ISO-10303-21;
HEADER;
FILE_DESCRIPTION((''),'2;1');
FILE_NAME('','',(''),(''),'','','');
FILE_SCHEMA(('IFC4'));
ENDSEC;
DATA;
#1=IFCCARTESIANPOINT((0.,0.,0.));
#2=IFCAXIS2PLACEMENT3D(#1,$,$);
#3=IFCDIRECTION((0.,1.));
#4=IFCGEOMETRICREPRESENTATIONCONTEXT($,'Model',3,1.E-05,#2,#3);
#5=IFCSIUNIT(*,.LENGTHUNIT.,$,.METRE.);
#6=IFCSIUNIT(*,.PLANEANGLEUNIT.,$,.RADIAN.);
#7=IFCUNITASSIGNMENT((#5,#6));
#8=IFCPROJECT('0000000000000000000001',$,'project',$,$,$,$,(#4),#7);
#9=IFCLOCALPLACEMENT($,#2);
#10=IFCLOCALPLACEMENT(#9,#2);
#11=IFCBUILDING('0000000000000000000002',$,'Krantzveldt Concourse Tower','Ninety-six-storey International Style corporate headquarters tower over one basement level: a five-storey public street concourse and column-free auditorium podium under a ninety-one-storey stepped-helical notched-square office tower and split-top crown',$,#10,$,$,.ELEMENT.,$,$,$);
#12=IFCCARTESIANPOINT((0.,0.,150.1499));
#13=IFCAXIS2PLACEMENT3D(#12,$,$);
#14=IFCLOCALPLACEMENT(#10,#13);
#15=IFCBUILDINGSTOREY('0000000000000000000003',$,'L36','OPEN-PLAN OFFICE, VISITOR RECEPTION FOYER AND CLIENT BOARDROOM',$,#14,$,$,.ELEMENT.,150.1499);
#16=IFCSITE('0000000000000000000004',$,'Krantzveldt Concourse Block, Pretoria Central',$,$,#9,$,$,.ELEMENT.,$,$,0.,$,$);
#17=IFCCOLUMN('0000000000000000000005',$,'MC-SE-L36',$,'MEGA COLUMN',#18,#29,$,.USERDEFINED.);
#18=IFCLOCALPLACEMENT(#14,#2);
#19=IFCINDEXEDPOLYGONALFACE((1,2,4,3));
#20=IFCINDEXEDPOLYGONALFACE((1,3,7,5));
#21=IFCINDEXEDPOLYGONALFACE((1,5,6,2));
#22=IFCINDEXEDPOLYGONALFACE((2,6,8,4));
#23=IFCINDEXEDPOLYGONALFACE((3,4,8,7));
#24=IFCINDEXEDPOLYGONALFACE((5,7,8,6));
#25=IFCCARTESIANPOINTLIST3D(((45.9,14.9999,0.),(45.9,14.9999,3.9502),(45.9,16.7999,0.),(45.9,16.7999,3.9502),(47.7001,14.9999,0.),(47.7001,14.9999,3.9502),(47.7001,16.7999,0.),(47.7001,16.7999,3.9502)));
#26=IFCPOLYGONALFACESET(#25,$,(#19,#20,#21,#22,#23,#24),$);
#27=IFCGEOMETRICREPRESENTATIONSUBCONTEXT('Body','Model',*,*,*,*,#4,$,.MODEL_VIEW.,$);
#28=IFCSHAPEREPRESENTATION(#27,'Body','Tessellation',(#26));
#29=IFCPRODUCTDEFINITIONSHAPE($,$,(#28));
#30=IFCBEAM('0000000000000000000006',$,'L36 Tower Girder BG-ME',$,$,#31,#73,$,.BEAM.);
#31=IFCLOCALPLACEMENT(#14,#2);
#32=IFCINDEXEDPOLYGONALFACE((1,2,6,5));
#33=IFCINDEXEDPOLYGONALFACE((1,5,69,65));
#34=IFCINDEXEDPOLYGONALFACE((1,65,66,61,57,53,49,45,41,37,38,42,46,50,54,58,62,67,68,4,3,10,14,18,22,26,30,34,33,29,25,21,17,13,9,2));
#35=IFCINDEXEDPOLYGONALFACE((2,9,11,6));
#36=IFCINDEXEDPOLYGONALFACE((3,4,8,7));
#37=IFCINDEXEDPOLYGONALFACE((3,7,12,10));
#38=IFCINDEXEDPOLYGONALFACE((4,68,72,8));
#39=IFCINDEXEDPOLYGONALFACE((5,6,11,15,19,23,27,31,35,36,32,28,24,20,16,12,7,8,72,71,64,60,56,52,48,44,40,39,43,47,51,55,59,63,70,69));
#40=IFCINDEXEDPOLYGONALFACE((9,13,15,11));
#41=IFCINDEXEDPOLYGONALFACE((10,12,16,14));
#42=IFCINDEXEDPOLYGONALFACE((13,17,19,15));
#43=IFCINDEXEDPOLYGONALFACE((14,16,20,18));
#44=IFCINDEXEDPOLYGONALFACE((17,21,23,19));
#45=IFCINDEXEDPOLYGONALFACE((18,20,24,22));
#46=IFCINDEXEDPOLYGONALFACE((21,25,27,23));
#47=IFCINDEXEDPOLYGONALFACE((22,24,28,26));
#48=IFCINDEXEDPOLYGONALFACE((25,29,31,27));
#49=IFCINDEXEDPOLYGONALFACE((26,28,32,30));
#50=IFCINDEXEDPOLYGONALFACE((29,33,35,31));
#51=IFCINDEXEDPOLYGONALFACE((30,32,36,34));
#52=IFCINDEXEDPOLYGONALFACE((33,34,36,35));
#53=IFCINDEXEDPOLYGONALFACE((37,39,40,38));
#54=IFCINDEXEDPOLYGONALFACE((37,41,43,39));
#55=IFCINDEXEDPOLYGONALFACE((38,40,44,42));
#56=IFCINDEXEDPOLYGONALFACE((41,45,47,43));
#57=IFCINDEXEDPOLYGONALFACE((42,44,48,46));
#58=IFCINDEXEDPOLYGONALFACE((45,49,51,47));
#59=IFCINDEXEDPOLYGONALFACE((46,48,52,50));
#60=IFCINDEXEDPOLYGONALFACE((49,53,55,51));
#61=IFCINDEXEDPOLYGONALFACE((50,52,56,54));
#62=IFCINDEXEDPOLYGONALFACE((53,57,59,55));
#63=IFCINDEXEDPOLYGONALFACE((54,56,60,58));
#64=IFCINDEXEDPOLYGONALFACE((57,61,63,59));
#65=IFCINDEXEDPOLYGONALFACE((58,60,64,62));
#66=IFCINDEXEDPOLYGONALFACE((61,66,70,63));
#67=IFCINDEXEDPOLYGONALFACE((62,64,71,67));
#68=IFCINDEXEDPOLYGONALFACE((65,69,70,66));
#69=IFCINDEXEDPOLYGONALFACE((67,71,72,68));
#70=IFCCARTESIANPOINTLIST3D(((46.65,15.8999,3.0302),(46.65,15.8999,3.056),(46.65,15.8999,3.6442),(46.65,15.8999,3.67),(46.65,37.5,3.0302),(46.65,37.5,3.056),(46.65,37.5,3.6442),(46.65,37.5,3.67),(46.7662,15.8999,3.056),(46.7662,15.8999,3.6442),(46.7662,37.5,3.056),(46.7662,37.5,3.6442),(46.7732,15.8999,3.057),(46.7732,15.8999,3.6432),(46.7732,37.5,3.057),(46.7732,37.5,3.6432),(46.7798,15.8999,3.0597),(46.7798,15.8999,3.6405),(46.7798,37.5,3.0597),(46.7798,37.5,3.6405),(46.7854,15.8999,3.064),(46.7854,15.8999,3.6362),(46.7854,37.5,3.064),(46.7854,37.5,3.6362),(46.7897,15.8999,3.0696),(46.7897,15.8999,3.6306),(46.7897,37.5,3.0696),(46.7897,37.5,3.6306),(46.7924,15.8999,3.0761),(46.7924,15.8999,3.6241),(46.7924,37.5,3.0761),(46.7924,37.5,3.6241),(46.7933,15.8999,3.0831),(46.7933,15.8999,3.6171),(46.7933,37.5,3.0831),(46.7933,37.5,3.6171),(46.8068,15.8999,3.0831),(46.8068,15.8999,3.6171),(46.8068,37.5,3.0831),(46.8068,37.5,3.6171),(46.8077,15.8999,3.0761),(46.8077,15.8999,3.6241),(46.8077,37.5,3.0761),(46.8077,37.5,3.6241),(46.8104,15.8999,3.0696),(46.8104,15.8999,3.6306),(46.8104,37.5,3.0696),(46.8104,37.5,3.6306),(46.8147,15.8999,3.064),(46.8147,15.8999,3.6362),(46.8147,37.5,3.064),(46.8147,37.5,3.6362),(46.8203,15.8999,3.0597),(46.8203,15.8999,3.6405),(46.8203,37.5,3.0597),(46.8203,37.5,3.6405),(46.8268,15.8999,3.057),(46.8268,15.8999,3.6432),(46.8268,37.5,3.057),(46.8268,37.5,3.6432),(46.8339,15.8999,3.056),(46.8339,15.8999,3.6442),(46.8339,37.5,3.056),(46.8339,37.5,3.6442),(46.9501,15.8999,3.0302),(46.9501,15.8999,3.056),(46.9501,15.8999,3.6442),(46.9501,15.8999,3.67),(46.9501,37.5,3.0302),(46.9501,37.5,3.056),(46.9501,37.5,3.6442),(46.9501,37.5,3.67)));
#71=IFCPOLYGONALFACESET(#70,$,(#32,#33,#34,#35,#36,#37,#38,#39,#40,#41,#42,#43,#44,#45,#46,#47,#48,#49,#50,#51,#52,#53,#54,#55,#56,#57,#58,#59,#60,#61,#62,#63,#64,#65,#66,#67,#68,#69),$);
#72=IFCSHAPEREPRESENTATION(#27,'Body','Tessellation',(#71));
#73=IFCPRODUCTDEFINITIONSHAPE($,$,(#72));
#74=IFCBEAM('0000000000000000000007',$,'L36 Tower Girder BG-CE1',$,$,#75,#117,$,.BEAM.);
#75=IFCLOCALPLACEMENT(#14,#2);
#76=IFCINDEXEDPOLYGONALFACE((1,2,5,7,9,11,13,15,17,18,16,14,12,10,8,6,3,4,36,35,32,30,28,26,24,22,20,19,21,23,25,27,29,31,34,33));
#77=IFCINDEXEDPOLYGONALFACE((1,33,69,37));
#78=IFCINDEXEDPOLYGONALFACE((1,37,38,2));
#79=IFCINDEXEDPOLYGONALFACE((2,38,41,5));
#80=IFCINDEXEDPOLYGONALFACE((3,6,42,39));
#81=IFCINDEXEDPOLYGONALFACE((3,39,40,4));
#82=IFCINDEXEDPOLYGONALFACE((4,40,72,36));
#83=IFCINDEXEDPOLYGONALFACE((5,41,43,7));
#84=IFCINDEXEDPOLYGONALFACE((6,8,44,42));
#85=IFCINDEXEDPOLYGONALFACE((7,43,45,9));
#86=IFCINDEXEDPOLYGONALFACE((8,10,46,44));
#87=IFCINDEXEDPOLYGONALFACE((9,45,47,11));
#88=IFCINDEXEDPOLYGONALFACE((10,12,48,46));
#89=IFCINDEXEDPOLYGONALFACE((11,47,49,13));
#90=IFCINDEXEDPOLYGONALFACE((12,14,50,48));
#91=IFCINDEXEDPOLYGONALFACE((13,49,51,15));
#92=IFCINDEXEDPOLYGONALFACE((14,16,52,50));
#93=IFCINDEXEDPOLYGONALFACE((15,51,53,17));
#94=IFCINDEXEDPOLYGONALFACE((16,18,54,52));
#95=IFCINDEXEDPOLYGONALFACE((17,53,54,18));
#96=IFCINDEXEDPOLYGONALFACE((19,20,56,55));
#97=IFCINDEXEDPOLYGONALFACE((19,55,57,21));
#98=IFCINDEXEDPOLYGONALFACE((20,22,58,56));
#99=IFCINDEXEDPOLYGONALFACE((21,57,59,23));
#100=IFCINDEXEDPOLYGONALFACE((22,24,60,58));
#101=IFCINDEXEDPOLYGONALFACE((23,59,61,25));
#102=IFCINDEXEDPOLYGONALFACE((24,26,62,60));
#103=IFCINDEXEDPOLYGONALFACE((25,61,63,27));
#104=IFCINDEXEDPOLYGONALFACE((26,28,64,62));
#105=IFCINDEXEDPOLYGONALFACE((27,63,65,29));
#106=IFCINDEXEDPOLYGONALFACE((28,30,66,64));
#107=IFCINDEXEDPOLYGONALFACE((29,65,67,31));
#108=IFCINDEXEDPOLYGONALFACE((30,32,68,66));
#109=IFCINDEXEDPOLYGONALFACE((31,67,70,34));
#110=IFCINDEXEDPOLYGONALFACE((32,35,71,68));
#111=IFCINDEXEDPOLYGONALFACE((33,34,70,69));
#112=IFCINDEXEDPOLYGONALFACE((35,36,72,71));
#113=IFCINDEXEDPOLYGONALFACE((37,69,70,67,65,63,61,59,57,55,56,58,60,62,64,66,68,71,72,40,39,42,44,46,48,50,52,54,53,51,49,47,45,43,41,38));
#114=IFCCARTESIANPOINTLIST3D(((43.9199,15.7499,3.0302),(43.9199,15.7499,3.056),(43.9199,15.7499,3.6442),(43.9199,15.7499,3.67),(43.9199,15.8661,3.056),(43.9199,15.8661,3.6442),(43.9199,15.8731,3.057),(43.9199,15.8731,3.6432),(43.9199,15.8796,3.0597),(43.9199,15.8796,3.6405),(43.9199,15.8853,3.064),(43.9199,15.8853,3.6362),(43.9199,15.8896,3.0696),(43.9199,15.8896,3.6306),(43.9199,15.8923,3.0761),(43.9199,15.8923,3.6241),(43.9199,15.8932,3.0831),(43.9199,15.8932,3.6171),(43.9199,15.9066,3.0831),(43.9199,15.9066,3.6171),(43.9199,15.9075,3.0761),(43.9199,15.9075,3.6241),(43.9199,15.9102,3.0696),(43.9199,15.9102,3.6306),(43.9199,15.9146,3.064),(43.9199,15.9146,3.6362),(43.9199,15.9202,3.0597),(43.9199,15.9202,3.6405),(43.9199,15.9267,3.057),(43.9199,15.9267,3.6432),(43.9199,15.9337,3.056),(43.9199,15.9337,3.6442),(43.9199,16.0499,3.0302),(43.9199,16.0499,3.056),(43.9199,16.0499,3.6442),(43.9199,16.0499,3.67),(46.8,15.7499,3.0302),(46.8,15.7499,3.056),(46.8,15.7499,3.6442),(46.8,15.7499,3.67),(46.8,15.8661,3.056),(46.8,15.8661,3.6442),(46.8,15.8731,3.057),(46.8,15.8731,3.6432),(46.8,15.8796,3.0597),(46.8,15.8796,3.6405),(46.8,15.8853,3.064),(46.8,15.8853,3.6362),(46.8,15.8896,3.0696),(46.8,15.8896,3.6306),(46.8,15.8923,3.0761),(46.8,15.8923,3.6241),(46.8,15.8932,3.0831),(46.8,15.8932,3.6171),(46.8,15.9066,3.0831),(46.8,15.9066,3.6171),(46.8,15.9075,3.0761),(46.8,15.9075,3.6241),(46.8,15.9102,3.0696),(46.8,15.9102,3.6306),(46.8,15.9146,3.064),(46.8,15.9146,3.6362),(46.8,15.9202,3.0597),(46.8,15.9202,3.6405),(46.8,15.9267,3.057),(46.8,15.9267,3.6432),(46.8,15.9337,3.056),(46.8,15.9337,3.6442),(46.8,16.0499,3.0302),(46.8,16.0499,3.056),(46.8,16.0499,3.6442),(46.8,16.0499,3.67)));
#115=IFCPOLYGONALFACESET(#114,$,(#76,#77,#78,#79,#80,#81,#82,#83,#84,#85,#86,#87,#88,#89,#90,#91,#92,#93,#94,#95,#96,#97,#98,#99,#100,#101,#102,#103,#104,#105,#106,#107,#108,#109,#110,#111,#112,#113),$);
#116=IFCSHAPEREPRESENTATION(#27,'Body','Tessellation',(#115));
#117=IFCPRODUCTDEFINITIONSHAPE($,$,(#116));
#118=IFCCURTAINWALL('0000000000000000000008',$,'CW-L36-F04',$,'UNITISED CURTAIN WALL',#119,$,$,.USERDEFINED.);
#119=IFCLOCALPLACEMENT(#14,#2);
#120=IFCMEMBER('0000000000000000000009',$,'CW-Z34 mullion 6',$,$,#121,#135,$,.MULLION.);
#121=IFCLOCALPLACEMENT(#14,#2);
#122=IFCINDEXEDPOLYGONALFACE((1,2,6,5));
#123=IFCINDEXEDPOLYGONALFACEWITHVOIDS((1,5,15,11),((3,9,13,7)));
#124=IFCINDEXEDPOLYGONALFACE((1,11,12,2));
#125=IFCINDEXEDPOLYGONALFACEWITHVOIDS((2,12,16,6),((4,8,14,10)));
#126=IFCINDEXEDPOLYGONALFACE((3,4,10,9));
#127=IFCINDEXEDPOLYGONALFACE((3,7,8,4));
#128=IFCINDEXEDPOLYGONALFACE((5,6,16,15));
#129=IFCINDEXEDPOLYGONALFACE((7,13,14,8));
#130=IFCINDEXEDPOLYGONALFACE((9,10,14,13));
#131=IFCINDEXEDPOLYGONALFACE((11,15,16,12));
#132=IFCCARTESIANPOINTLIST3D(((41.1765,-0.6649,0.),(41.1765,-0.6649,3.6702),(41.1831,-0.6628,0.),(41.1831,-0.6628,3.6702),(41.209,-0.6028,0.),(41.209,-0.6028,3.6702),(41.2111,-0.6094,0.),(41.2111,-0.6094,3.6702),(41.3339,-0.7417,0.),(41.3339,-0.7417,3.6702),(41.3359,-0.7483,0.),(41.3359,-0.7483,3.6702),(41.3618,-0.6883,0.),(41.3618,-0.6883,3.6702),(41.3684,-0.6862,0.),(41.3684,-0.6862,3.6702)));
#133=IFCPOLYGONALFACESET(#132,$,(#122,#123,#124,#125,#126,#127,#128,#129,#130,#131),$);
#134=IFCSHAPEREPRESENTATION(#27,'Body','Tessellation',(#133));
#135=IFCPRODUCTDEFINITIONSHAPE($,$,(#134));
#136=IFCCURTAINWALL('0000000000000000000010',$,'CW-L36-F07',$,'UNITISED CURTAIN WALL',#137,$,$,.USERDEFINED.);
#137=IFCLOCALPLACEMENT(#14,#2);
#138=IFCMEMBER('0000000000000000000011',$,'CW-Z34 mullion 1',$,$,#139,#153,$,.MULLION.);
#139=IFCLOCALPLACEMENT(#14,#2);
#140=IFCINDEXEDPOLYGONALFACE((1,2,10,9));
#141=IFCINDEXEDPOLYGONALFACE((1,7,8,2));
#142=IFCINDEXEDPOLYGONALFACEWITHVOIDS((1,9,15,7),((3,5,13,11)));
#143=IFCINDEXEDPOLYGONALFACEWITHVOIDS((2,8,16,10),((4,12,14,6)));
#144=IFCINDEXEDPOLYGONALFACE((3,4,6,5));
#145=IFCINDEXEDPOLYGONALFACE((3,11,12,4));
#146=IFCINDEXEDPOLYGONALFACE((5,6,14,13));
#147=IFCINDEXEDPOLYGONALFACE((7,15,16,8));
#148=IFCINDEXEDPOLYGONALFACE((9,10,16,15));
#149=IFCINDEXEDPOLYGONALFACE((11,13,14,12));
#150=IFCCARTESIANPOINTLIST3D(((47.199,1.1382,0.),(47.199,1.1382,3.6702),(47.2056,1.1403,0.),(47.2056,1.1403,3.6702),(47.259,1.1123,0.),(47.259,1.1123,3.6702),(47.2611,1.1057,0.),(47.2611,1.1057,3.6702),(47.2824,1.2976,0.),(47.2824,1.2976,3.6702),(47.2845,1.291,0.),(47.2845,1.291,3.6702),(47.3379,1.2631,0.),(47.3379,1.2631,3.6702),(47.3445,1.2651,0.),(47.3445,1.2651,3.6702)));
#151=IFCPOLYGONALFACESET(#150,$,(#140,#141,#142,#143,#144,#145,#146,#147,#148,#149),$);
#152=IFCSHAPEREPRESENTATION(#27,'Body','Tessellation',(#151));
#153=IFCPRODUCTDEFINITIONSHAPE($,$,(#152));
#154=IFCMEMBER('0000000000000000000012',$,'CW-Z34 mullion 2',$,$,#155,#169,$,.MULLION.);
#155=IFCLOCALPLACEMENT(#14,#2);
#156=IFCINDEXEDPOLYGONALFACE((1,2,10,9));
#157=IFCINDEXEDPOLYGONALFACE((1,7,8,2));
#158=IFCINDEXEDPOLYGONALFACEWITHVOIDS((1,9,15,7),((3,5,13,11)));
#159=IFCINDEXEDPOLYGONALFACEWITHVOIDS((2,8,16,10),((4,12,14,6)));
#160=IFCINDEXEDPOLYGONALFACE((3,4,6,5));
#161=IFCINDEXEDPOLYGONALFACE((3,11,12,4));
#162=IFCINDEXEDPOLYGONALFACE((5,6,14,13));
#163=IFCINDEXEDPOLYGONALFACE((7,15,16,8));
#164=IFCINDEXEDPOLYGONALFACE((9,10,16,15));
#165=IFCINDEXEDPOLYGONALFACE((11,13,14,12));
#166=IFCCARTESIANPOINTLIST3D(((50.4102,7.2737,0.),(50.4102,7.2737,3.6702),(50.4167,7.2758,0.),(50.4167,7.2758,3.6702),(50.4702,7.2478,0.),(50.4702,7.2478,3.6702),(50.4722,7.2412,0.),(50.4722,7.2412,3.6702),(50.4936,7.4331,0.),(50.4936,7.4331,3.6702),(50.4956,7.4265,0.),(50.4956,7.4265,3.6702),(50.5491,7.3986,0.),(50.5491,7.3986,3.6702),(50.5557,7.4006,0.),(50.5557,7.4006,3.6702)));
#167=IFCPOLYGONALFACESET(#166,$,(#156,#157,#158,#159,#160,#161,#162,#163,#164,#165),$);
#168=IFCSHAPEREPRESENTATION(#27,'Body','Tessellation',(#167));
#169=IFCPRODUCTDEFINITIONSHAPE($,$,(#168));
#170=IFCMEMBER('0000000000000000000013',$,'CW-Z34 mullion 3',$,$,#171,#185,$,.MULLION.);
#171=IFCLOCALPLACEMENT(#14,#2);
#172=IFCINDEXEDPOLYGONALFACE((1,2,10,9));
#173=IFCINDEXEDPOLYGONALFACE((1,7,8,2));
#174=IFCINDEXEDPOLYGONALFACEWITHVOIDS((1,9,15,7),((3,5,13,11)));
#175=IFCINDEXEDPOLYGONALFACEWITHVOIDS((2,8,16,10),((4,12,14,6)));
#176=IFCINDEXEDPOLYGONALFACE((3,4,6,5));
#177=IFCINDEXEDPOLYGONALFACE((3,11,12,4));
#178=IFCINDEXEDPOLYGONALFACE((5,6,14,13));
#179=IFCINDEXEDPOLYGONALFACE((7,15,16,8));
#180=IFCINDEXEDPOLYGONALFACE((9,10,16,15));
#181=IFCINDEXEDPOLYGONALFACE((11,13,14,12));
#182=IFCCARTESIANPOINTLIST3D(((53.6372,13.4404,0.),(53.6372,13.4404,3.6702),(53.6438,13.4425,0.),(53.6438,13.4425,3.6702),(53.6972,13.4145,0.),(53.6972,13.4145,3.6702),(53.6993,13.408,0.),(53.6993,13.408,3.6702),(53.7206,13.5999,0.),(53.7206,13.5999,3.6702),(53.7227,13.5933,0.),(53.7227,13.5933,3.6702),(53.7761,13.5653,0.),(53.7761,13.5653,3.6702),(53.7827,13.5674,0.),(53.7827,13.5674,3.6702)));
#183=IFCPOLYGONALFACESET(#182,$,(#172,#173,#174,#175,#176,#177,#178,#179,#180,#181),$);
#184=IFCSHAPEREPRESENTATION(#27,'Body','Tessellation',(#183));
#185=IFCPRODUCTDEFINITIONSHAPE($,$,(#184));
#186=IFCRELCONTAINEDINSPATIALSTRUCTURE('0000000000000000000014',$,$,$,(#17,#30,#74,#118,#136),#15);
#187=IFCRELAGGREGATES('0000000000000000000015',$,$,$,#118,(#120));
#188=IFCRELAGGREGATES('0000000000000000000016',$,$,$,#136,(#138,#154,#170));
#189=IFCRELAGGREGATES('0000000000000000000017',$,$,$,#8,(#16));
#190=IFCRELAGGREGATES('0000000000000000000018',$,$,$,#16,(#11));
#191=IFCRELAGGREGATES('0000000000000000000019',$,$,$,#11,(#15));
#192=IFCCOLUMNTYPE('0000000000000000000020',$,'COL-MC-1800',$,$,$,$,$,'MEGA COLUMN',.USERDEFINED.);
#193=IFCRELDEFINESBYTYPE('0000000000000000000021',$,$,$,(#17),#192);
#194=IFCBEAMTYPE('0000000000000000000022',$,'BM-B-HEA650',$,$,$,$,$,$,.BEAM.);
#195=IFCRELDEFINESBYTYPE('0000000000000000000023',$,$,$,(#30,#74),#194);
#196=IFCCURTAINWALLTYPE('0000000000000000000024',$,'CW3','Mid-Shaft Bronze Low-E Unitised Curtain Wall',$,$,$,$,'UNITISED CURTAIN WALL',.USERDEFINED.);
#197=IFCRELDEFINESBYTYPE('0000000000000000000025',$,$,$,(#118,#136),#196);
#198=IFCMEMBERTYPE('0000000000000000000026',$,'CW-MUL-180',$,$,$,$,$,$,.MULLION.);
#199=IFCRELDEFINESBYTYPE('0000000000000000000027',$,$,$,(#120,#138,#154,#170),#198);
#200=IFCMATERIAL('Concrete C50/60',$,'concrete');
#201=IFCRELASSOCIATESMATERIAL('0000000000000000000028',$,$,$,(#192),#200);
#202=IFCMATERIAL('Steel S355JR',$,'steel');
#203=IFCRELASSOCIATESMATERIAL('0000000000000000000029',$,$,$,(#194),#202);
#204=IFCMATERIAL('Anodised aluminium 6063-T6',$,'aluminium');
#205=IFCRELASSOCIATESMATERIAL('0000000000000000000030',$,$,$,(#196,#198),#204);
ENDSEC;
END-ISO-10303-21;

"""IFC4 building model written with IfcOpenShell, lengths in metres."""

from ifc_helpers import new_model, si_unit, direction, frame, origin, origin_2d, place, context, subcontext, project, spatial, rectangle, hollow_rectangle, i_section, extrude, source, transform, mapped, material, material_profile, profile_set, type_object, type_shapes, element, aggregate, save


model = new_model("IFC4")

# Units and contexts
model_context = context("Model", 3, precision=1e-05, world=origin(), true_north=direction((0.0, 1.0)))
body_context = subcontext(model_context, "Body", "Model", "MODEL_VIEW")
ifc_project = project(units=[si_unit("LENGTHUNIT", "METRE"), si_unit("PLANEANGLEUNIT", "RADIAN")], contexts=[model_context])

# Site, building, storey
site_placement = place(None, origin())
site = spatial("IfcSite", under=ifc_project, at=site_placement, Name="Krantzveldt Concourse Block, Pretoria Central", CompositionType="ELEMENT", RefElevation=0.0)
building_placement = place(site_placement, origin())
building = spatial("IfcBuilding", under=site, at=building_placement, Name="Krantzveldt Concourse Tower", Description="Ninety-six-storey International Style corporate headquarters tower over one basement level: a five-storey public street concourse and column-free auditorium podium under a ninety-one-storey stepped-helical notched-square office tower and split-top crown", CompositionType="ELEMENT")
storey_placement = place(building_placement, frame((0.0, 0.0, 150.1499)))
storey = spatial("IfcBuildingStorey", under=building, at=storey_placement, Name="L36", Description="OPEN-PLAN OFFICE, VISITOR RECEPTION FOYER AND CLIENT BOARDROOM", CompositionType="ELEMENT", Elevation=150.1499)

# Column
ifc_material_1 = material(Name="Concrete C50/60", Category="concrete")
ifc_material_profile_1 = material_profile(ifc_material_1, rectangle(XDim=1.8, YDim=1.8, at=origin_2d()), Name="Concrete C50/60", Category="concrete")
ifc_profile_set_1 = profile_set([ifc_material_profile_1], Name="Concrete C50/60 - RC 1800x1800")
column_type = type_object("IfcColumnType", Name="COL-MC-1800", ElementType="MEGA COLUMN", PredefinedType="USERDEFINED", material=ifc_profile_set_1)
shared_shape_1 = source(origin(), body_context, "Body", "SweptSolid", [
    extrude(rectangle(XDim=1.8, YDim=1.8, at=origin_2d()), origin(), (0.0, 0.0, 1.0), 3.9502),
])
type_shapes(column_type, [shared_shape_1])
column_placement = place(storey_placement, frame((46.8, 15.8999, 0.0), z_axis=(0.0, 0.0, 1.0), x_axis=(1.0, 0.0, 0.0)))
element("IfcColumn", 1, at=column_placement, inside=storey, type_object=column_type, Name="MC-SE-L36", ObjectType="MEGA COLUMN", PredefinedType="USERDEFINED", context=body_context, shape_type="MappedRepresentation", body=[
    mapped(shared_shape_1, transform((0.0, 0.0, 0.0), x_axis=(1.0, 0.0, 0.0), y_axis=(0.0, 1.0, 0.0), z_axis=(0.0, 0.0, 1.0), scale=1.0)),
])

# Beams
ifc_material_2 = material(Name="Steel S355JR", Category="steel")
ifc_material_profile_2 = material_profile(ifc_material_2, i_section(OverallWidth=0.3, OverallDepth=0.6399, WebThickness=0.0134, FlangeThickness=0.0259, FilletRadius=0.0271, at=origin_2d()), Name="Steel S355JR", Category="steel")
ifc_profile_set_2 = profile_set([ifc_material_profile_2], Name="Steel S355JR - HEA 650")
beam_type = type_object("IfcBeamType", Name="BM-B-HEA650", PredefinedType="BEAM", material=ifc_profile_set_2)
shared_shape_2 = source(origin(), body_context, "Body", "SweptSolid", [
    extrude(i_section(OverallWidth=0.3, OverallDepth=0.6399, WebThickness=0.0134, FlangeThickness=0.0259, FilletRadius=0.0271, at=origin_2d()), origin(), (0.0, 0.0, 1.0), 21.6001),
])
beam_1_placement = place(storey_placement, frame((46.8, 15.8999, 3.3501), z_axis=(0.0, 1.0, 0.0), x_axis=(-1.0, 0.0, 0.0)))
element("IfcBeam", 2, at=beam_1_placement, inside=storey, type_object=beam_type, Name="L36 Tower Girder BG-ME", PredefinedType="BEAM", context=body_context, shape_type="MappedRepresentation", body=[
    mapped(shared_shape_2, transform((0.0, 0.0, 0.0), x_axis=(1.0, 0.0, 0.0), y_axis=(0.0, 1.0, 0.0), z_axis=(0.0, 0.0, 1.0), scale=1.0)),
])
shared_shape_3 = source(origin(), body_context, "Body", "SweptSolid", [
    extrude(i_section(OverallWidth=0.3, OverallDepth=0.6399, WebThickness=0.0134, FlangeThickness=0.0259, FilletRadius=0.0271, at=origin_2d()), origin(), (0.0, 0.0, 1.0), 2.8801),
])
type_shapes(beam_type, [shared_shape_2, shared_shape_3])
beam_2_placement = place(storey_placement, frame((43.9199, 15.8999, 3.3501), z_axis=(1.0, 0.0, 0.0), x_axis=(0.0, 1.0, 0.0)))
element("IfcBeam", 3, at=beam_2_placement, inside=storey, type_object=beam_type, Name="L36 Tower Girder BG-CE1", PredefinedType="BEAM", context=body_context, shape_type="MappedRepresentation", body=[
    mapped(shared_shape_3, transform((0.0, 0.0, 0.0), x_axis=(1.0, 0.0, 0.0), y_axis=(0.0, 1.0, 0.0), z_axis=(0.0, 0.0, 1.0), scale=1.0)),
])

# Curtain wall, member
ifc_material_3 = material(Name="Anodised aluminium 6063-T6", Category="aluminium")
curtain_wall_type = type_object("IfcCurtainWallType", Name="CW3", Description="Mid-Shaft Bronze Low-E Unitised Curtain Wall", ElementType="UNITISED CURTAIN WALL", PredefinedType="USERDEFINED", material=ifc_material_3)
curtain_wall_1_placement = place(storey_placement, origin())
curtain_wall_1 = element("IfcCurtainWall", 4, at=curtain_wall_1_placement, inside=storey, type_object=curtain_wall_type, Name="CW-L36-F04", ObjectType="UNITISED CURTAIN WALL", PredefinedType="USERDEFINED")
ifc_material_profile_3 = material_profile(ifc_material_3, hollow_rectangle(XDim=0.0701, YDim=0.1799, WallThickness=0.0049, at=origin_2d()), Name="Anodised aluminium 6063-T6", Category="aluminium")
ifc_profile_set_3 = profile_set([ifc_material_profile_3], Name="Anodised aluminium 6063-T6 - ALU-MULL 180x70x5")
member_type_1 = type_object("IfcMemberType", Name="CW-MUL-180", PredefinedType="MULLION", material=ifc_profile_set_3)
shared_shape_4 = source(origin(), body_context, "Body", "SweptSolid", [
    extrude(hollow_rectangle(XDim=0.0701, YDim=0.1799, WallThickness=0.0049, at=origin_2d()), origin(), (0.0, 0.0, 1.0), 3.6702),
])
type_shapes(member_type_1, [shared_shape_4])
member_1_placement = place(storey_placement, frame((41.2725, -0.6755, 0.0), z_axis=(0.0, 0.0, 1.0), x_axis=(0.463683, 0.886001, 0.0)))
member_1 = element("IfcMember", 5, at=member_1_placement, type_object=member_type_1, Name="CW-Z34 mullion 6", PredefinedType="MULLION", context=body_context, shape_type="MappedRepresentation", body=[
    mapped(shared_shape_4, transform((0.0, 0.0, 0.0), x_axis=(1.0, 0.0, 0.0), y_axis=(0.0, 1.0, 0.0), z_axis=(0.0, 0.0, 1.0), scale=1.0)),
])

# Curtain wall, members
curtain_wall_2_placement = place(storey_placement, origin())
curtain_wall_2 = element("IfcCurtainWall", 6, at=curtain_wall_2_placement, inside=storey, type_object=curtain_wall_type, Name="CW-L36-F07", ObjectType="UNITISED CURTAIN WALL", PredefinedType="USERDEFINED")
member_2_placement = place(storey_placement, frame((47.2717, 1.2017, 0.0), z_axis=(0.0, 0.0, 1.0), x_axis=(-0.886001, 0.463683, 0.0)))
member_2 = element("IfcMember", 7, at=member_2_placement, type_object=member_type_1, Name="CW-Z34 mullion 1", PredefinedType="MULLION", context=body_context, shape_type="MappedRepresentation", body=[
    mapped(shared_shape_4, transform((0.0, 0.0, 0.0), x_axis=(1.0, 0.0, 0.0), y_axis=(0.0, 1.0, 0.0), z_axis=(0.0, 0.0, 1.0), scale=1.0)),
])
member_3_placement = place(storey_placement, frame((50.4829, 7.3372, 0.0), z_axis=(0.0, 0.0, 1.0), x_axis=(-0.886001, 0.463683, 0.0)))
member_3 = element("IfcMember", 8, at=member_3_placement, type_object=member_type_1, Name="CW-Z34 mullion 2", PredefinedType="MULLION", context=body_context, shape_type="MappedRepresentation", body=[
    mapped(shared_shape_4, transform((0.0, 0.0, 0.0), x_axis=(1.0, 0.0, 0.0), y_axis=(0.0, 1.0, 0.0), z_axis=(0.0, 0.0, 1.0), scale=1.0)),
])
member_4_placement = place(storey_placement, frame((53.71, 13.5039, 0.0), z_axis=(0.0, 0.0, 1.0), x_axis=(-0.886001, 0.463683, 0.0)))
member_4 = element("IfcMember", 9, at=member_4_placement, type_object=member_type_1, Name="CW-Z34 mullion 3", PredefinedType="MULLION", context=body_context, shape_type="MappedRepresentation", body=[
    mapped(shared_shape_4, transform((0.0, 0.0, 0.0), x_axis=(1.0, 0.0, 0.0), y_axis=(0.0, 1.0, 0.0), z_axis=(0.0, 0.0, 1.0), scale=1.0)),
])

aggregate(curtain_wall_1, [member_1])
aggregate(curtain_wall_2, [member_2, member_3, member_4])

save(model, "model.ifc")
